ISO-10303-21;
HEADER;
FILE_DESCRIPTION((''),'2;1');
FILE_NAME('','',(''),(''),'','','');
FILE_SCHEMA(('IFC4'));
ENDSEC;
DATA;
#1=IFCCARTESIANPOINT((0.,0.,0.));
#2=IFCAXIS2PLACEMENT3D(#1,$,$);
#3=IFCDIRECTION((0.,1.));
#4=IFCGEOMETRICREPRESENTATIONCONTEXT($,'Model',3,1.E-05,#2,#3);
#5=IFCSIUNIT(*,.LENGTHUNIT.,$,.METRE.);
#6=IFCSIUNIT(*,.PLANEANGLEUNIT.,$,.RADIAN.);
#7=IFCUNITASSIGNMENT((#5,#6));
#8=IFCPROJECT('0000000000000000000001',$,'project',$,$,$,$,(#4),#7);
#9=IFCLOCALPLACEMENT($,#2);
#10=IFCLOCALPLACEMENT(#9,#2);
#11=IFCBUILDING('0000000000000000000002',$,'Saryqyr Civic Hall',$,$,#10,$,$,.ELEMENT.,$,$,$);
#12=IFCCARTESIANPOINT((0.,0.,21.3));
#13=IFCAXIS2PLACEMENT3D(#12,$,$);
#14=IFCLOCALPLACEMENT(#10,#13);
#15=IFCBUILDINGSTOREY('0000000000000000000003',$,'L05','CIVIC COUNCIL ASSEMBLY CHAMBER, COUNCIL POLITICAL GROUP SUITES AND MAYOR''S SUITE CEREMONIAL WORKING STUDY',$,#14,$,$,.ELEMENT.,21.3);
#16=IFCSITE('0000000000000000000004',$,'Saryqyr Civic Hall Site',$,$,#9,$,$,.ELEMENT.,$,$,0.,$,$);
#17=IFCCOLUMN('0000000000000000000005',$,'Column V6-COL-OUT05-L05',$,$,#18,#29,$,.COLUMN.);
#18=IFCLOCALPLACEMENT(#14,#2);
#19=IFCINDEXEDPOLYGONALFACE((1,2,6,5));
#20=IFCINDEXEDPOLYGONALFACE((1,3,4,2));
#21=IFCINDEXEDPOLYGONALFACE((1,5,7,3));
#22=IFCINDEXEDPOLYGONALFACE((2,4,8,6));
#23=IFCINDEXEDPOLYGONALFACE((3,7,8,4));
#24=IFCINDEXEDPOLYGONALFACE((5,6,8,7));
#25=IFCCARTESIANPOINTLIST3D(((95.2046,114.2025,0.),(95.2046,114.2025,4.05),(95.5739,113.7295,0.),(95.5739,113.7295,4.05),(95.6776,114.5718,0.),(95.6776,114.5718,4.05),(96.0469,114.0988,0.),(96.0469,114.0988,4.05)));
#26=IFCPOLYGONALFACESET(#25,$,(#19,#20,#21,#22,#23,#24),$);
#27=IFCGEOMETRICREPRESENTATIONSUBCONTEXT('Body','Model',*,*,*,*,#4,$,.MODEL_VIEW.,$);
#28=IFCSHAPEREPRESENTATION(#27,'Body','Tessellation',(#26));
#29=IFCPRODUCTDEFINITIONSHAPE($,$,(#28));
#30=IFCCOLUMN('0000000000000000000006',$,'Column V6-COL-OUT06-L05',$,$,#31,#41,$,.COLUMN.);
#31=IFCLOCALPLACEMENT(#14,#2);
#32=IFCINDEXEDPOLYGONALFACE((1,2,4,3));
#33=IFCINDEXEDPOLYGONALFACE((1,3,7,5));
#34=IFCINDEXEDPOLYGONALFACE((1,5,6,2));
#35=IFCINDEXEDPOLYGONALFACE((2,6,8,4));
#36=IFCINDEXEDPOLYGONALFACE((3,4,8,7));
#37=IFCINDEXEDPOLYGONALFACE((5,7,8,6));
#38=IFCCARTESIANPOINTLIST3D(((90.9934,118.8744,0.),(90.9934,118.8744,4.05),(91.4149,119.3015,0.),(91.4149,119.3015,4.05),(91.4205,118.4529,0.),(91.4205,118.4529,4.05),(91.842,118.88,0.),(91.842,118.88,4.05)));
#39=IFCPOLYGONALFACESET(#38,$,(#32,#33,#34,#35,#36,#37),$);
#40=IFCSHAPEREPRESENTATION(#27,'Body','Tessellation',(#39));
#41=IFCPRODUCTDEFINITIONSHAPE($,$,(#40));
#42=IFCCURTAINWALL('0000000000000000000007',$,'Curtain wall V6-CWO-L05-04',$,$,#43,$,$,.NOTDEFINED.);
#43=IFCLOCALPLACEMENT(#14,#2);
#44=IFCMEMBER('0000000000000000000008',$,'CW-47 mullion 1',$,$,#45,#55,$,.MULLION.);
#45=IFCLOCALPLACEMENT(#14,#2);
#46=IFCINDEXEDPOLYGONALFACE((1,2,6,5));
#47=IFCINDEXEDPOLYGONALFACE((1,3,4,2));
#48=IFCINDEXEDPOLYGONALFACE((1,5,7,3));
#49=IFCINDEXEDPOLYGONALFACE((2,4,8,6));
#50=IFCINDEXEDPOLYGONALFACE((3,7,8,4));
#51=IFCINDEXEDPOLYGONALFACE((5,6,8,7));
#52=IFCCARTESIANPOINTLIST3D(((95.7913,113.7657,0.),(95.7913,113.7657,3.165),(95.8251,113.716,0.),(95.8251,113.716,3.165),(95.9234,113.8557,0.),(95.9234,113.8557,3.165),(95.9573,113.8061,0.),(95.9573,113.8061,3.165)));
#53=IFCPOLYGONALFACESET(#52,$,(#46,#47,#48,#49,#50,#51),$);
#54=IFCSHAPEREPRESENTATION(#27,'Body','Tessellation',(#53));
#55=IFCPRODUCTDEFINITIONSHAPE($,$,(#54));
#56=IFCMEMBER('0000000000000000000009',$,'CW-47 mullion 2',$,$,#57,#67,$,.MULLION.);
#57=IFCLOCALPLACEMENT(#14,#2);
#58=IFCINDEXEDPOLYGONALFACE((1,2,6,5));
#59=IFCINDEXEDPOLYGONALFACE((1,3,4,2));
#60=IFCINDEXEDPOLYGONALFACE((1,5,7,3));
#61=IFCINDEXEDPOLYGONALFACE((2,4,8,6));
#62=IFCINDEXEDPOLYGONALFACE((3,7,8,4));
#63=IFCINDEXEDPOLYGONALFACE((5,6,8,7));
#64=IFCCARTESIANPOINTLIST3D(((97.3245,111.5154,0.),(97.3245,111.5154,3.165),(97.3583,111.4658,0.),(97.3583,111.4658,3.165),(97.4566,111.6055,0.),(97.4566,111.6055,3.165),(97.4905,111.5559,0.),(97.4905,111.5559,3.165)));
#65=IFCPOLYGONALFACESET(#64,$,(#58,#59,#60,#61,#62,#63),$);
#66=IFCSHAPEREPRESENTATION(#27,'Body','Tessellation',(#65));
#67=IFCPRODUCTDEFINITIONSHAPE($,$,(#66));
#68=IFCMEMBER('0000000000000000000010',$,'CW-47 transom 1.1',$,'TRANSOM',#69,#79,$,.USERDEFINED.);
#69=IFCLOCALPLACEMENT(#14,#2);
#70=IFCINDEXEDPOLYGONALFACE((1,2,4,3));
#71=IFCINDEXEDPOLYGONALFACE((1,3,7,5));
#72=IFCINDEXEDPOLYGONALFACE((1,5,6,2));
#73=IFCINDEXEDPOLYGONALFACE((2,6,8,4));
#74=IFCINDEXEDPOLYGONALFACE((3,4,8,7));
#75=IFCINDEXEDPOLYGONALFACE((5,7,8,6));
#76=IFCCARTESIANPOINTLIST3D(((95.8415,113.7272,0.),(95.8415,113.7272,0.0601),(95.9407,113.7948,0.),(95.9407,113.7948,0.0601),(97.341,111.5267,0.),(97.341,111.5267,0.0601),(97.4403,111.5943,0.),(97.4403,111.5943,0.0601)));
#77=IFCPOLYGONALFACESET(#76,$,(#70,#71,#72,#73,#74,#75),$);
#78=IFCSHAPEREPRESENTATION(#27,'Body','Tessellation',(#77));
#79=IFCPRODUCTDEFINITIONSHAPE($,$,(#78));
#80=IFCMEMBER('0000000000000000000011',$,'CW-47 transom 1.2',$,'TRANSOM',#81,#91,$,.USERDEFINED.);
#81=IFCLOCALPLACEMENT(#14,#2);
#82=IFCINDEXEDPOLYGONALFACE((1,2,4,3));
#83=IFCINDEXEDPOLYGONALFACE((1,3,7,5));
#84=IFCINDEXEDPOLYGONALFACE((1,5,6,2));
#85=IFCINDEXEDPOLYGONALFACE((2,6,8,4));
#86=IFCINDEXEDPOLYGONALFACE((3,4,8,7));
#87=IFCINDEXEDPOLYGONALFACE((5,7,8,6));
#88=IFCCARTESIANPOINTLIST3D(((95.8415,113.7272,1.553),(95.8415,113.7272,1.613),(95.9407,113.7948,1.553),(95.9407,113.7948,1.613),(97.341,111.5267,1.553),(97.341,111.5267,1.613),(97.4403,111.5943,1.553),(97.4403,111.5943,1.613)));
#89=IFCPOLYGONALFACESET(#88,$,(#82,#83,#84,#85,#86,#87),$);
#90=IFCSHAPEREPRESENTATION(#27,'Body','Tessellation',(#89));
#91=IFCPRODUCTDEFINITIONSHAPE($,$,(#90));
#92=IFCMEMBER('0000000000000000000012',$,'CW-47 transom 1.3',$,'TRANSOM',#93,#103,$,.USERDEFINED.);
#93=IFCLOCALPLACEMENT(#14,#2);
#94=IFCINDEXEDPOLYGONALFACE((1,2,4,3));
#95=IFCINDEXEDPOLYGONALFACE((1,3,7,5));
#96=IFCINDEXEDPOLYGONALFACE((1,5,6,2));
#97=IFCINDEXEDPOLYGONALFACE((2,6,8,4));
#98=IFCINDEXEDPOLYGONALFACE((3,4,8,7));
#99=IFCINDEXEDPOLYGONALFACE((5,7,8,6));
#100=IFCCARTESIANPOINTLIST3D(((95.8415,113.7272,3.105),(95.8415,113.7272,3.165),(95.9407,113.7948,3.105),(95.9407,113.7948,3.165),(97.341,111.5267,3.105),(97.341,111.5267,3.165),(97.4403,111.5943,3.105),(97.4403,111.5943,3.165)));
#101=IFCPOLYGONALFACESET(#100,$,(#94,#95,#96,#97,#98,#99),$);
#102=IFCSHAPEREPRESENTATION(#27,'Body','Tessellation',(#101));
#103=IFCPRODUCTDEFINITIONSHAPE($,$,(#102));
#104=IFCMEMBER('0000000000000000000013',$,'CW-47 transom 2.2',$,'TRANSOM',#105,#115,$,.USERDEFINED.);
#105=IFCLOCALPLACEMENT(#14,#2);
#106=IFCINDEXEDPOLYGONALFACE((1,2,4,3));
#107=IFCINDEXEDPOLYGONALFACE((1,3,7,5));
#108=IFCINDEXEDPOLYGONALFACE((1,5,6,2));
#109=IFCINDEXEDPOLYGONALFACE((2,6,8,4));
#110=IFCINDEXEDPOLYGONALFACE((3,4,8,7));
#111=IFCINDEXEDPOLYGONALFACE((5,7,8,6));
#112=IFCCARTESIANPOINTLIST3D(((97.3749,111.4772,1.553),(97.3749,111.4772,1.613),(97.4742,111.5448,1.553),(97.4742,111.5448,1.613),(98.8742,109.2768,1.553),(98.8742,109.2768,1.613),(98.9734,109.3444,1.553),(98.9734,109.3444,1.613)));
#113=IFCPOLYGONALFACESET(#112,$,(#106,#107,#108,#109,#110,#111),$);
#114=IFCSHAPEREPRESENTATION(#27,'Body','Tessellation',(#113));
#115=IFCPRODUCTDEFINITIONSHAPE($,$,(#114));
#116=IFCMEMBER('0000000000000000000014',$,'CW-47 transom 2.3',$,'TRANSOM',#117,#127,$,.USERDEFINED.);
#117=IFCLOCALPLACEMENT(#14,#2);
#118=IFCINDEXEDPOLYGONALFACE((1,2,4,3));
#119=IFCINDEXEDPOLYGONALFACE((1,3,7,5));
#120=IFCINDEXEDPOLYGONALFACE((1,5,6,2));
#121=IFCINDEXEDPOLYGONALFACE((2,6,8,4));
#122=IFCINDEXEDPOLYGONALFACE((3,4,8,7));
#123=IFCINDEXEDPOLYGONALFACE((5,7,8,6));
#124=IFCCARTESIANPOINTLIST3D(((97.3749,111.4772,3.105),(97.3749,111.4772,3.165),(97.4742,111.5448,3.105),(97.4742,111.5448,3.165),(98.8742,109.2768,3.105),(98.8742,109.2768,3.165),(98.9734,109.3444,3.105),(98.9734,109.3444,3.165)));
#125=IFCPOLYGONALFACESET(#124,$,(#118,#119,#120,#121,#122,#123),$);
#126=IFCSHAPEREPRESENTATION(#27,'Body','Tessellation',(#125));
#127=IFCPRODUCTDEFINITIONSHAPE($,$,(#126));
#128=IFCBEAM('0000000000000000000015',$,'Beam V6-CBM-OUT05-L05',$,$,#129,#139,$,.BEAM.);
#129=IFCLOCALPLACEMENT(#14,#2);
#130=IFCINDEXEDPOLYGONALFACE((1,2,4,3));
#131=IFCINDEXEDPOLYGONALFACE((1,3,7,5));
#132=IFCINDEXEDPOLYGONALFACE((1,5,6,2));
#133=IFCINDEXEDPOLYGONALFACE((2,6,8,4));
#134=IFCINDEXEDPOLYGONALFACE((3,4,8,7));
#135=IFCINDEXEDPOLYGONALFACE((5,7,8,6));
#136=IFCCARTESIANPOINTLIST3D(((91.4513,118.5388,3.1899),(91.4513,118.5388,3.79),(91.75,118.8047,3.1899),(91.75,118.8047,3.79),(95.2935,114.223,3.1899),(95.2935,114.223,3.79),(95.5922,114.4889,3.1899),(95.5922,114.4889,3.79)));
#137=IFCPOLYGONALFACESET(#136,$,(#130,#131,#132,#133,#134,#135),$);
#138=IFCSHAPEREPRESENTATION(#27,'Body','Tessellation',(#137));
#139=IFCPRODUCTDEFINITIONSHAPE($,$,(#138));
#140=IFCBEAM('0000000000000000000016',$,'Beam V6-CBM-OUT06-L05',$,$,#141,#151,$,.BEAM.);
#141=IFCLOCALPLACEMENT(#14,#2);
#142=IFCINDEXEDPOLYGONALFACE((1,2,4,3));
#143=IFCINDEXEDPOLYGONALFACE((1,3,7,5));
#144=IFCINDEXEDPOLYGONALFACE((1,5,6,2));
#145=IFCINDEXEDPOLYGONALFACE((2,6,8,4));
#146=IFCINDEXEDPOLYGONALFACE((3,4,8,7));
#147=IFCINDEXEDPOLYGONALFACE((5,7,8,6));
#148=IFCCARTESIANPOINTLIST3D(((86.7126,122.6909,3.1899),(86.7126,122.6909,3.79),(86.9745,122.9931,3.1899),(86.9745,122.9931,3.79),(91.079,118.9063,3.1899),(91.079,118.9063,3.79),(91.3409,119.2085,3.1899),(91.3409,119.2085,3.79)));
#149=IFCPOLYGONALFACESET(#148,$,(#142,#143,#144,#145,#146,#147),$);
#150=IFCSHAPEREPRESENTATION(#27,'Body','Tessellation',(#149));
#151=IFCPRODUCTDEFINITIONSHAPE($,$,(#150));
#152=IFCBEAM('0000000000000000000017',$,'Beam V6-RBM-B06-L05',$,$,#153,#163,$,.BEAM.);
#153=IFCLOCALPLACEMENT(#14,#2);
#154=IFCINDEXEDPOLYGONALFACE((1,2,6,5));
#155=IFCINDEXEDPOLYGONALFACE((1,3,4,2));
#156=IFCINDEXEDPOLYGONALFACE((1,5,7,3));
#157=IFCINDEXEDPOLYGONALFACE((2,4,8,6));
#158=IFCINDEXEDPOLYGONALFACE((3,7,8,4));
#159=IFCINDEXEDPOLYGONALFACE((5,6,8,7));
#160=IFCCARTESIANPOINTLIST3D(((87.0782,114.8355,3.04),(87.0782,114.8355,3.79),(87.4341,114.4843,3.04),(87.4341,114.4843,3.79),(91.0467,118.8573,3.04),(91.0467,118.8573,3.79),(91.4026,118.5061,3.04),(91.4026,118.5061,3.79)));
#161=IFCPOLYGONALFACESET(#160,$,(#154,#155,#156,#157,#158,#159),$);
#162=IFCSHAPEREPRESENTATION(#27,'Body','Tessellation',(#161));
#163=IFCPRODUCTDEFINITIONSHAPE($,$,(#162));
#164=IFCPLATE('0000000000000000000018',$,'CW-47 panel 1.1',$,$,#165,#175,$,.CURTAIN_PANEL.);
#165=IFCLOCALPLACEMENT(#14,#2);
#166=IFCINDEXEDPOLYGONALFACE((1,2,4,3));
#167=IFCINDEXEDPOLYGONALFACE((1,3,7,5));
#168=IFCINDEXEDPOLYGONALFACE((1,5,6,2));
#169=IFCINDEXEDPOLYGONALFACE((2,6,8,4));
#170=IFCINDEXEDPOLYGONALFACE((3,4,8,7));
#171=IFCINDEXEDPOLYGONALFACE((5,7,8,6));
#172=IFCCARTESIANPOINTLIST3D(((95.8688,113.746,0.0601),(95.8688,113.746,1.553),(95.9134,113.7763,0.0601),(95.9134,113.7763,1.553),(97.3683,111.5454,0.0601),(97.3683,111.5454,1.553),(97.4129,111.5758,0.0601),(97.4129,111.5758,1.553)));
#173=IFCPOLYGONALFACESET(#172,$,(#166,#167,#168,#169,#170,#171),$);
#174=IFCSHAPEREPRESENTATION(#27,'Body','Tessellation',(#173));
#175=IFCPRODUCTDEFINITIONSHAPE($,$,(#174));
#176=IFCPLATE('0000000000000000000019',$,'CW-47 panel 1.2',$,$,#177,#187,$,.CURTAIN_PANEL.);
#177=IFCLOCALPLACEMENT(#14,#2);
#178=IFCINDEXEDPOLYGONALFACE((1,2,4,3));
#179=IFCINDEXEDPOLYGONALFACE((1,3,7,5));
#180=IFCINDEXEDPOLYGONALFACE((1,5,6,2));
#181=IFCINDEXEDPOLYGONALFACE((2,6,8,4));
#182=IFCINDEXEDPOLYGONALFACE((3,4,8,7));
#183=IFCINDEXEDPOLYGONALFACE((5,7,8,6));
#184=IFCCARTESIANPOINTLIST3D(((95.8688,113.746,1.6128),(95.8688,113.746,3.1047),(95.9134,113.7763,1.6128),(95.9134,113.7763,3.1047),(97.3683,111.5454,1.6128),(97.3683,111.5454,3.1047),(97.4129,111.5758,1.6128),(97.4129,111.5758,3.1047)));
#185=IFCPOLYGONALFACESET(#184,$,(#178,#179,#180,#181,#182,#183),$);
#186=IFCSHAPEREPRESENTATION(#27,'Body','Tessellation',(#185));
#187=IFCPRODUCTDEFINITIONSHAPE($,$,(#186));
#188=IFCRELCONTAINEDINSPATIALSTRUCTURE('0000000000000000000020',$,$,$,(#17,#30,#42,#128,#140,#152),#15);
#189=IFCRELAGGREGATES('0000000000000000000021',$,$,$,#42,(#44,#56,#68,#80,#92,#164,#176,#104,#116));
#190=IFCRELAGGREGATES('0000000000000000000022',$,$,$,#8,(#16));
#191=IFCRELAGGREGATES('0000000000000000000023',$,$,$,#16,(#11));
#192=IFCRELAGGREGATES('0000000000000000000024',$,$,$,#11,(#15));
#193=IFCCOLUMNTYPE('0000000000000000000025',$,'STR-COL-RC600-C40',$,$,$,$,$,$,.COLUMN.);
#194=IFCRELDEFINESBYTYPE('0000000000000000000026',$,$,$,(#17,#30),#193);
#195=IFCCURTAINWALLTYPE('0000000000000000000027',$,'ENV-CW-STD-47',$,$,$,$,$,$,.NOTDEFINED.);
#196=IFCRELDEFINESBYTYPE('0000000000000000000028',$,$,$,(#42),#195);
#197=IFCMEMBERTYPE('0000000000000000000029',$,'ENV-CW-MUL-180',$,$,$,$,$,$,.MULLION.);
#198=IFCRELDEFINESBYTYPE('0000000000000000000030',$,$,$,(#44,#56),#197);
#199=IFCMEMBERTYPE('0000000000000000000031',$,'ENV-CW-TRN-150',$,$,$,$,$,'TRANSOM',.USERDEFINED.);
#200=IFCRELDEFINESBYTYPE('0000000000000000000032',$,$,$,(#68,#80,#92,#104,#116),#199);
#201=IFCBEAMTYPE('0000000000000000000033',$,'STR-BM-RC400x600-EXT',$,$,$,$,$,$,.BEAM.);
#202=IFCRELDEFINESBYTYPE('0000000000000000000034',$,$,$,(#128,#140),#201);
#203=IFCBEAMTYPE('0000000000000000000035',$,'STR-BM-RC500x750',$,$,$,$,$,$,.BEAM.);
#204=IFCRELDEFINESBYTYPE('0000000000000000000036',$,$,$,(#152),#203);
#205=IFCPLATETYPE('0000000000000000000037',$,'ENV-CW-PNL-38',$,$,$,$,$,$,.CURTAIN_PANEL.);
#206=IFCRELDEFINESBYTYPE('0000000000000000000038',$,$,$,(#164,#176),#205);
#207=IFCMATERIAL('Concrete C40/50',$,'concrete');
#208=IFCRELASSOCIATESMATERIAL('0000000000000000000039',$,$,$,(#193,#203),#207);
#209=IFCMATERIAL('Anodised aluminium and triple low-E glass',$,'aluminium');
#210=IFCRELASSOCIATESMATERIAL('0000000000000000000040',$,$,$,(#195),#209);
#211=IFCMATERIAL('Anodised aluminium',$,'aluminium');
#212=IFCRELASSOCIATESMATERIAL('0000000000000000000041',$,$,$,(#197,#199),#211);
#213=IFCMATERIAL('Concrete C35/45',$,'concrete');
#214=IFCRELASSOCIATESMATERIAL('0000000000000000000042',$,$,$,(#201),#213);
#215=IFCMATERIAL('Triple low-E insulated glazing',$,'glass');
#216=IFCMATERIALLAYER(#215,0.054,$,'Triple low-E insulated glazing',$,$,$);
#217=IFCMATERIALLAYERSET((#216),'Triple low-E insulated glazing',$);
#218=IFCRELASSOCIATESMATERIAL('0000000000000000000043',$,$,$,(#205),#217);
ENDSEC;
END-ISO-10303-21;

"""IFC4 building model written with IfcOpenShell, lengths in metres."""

from ifc_helpers import new_model, si_unit, direction, frame, origin, origin_2d, place, context, subcontext, project, spatial, rectangle, extrude, material, layer, layer_set, material_profile, profile_set, type_object, element, aggregate, save


model = new_model("IFC4")

# Units and contexts
model_context = context("Model", 3, precision=1e-05, world=origin(), true_north=direction((0.0, 1.0)))
body_context = subcontext(model_context, "Body", "Model", "MODEL_VIEW")
ifc_project = project(units=[si_unit("LENGTHUNIT", "METRE"), si_unit("PLANEANGLEUNIT", "RADIAN")], contexts=[model_context])

# Site, building, storey
site_placement = place(None, origin())
site = spatial("IfcSite", under=ifc_project, at=site_placement, Name="Saryqyr Civic Hall Site", CompositionType="ELEMENT", RefElevation=0.0)
building_placement = place(site_placement, origin())
building = spatial("IfcBuilding", under=site, at=building_placement, Name="Saryqyr Civic Hall", CompositionType="ELEMENT")
storey_placement = place(building_placement, frame((0.0, 0.0, 21.3)))
storey = spatial("IfcBuildingStorey", under=building, at=storey_placement, Name="L05", Description="CIVIC COUNCIL ASSEMBLY CHAMBER, COUNCIL POLITICAL GROUP SUITES AND MAYOR'S SUITE CEREMONIAL WORKING STUDY", CompositionType="ELEMENT", Elevation=21.3)

# Columns
ifc_material_1 = material(Name="Concrete C40/50", Category="concrete")
ifc_material_profile_1 = material_profile(ifc_material_1, rectangle(XDim=0.6001, YDim=0.6001, at=origin_2d()), Name="RC 600x600")
ifc_profile_set_1 = profile_set([ifc_material_profile_1], Name="Concrete C40/50")
column_type = type_object("IfcColumnType", Name="STR-COL-RC600-C40", PredefinedType="COLUMN", material=ifc_profile_set_1)
for number, where, z_axis, x_axis, name in (
    (1, (95.6257, 114.1506, 0.0), (0.0, 0.0, 1.0), (0.788226, 0.615386, 0.0), "Column V6-COL-OUT05-L05"),
    (2, (91.4177, 118.8772, 0.0), (0.0, 0.0, 1.0), (0.702402, 0.711781, 0.0), "Column V6-COL-OUT06-L05"),
):
    element("IfcColumn", number, at=place(storey_placement, frame(where, z_axis=z_axis, x_axis=x_axis)), inside=storey, type_object=column_type, Name=name, PredefinedType="COLUMN", context=body_context, shape_type="SweptSolid", body=[
        extrude(rectangle(XDim=0.6001, YDim=0.6001, at=origin_2d()), origin(), (0.0, 0.0, 1.0), 4.05),
    ])

# Curtain wall, members
ifc_material_2 = material(Name="Anodised aluminium and triple low-E glass", Category="aluminium")
curtain_wall_type = type_object("IfcCurtainWallType", Name="ENV-CW-STD-47", PredefinedType="NOTDEFINED", material=ifc_material_2)
curtain_wall_placement = place(storey_placement, origin())
curtain_wall = element("IfcCurtainWall", 3, at=curtain_wall_placement, inside=storey, type_object=curtain_wall_type, Name="Curtain wall V6-CWO-L05-04", PredefinedType="NOTDEFINED")
ifc_material_3 = material(Name="Anodised aluminium", Category="aluminium")
ifc_material_profile_2 = material_profile(ifc_material_3, rectangle(XDim=0.0601, YDim=0.1599, at=origin_2d()), Name="ALU MULLION 60x160")
ifc_profile_set_2 = profile_set([ifc_material_profile_2], Name="Anodised aluminium")
member_type_1 = type_object("IfcMemberType", Name="ENV-CW-MUL-180", PredefinedType="MULLION", material=ifc_profile_set_2)
member_1_placement = place(storey_placement, frame((95.8743, 113.7859, 0.0), z_axis=(0.0, 0.0, 1.0), x_axis=(0.563118, -0.826377, 0.0)))
member_1 = element("IfcMember", 4, at=member_1_placement, type_object=member_type_1, Name="CW-47 mullion 1", PredefinedType="MULLION", context=body_context, shape_type="SweptSolid", body=[
    extrude(rectangle(XDim=0.0601, YDim=0.1599, at=origin_2d()), origin(), (0.0, 0.0, 1.0), 3.165),
])
member_2_placement = place(storey_placement, frame((97.4075, 111.5356, 0.0), z_axis=(0.0, 0.0, 1.0), x_axis=(0.563118, -0.826377, 0.0)))
member_2 = element("IfcMember", 5, at=member_2_placement, type_object=member_type_1, Name="CW-47 mullion 2", PredefinedType="MULLION", context=body_context, shape_type="SweptSolid", body=[
    extrude(rectangle(XDim=0.0601, YDim=0.1599, at=origin_2d()), origin(), (0.0, 0.0, 1.0), 3.165),
])
ifc_material_profile_3 = material_profile(ifc_material_3, rectangle(XDim=0.1201, YDim=0.0601, at=origin_2d()), Name="ALU TRANSOM 120x60")
ifc_profile_set_3 = profile_set([ifc_material_profile_3], Name="Anodised aluminium")
member_type_2 = type_object("IfcMemberType", Name="ENV-CW-TRN-150", ElementType="TRANSOM", PredefinedType="USERDEFINED", material=ifc_profile_set_3)
member_3_placement = place(storey_placement, frame((95.8911, 113.761, 0.03), z_axis=(0.563135, -0.826365, 0.0), x_axis=(0.826365, 0.563135, 0.0)))
member_3 = element("IfcMember", 6, at=member_3_placement, type_object=member_type_2, Name="CW-47 transom 1.1", ObjectType="TRANSOM", PredefinedType="USERDEFINED", context=body_context, shape_type="SweptSolid", body=[
    extrude(rectangle(XDim=0.1201, YDim=0.0601, at=origin_2d()), origin(), (0.0, 0.0, 1.0), 2.6628),
])
member_4_placement = place(storey_placement, frame((95.8911, 113.761, 1.583), z_axis=(0.563135, -0.826365, 0.0), x_axis=(0.826365, 0.563135, 0.0)))
member_4 = element("IfcMember", 7, at=member_4_placement, type_object=member_type_2, Name="CW-47 transom 1.2", ObjectType="TRANSOM", PredefinedType="USERDEFINED", context=body_context, shape_type="SweptSolid", body=[
    extrude(rectangle(XDim=0.1201, YDim=0.0601, at=origin_2d()), origin(), (0.0, 0.0, 1.0), 2.6628),
])
member_5_placement = place(storey_placement, frame((95.8911, 113.761, 3.135), z_axis=(0.563135, -0.826365, 0.0), x_axis=(0.826365, 0.563135, 0.0)))
member_5 = element("IfcMember", 8, at=member_5_placement, type_object=member_type_2, Name="CW-47 transom 1.3", ObjectType="TRANSOM", PredefinedType="USERDEFINED", context=body_context, shape_type="SweptSolid", body=[
    extrude(rectangle(XDim=0.1201, YDim=0.0601, at=origin_2d()), origin(), (0.0, 0.0, 1.0), 2.6628),
])
member_6_placement = place(storey_placement, frame((97.4246, 111.511, 1.583), z_axis=(0.563072, -0.826408, 0.0), x_axis=(0.826408, 0.563072, 0.0)))
member_6 = element("IfcMember", 9, at=member_6_placement, type_object=member_type_2, Name="CW-47 transom 2.2", ObjectType="TRANSOM", PredefinedType="USERDEFINED", context=body_context, shape_type="SweptSolid", body=[
    extrude(rectangle(XDim=0.1201, YDim=0.0601, at=origin_2d()), origin(), (0.0, 0.0, 1.0), 2.6626),
])
member_7_placement = place(storey_placement, frame((97.4246, 111.511, 3.135), z_axis=(0.563072, -0.826408, 0.0), x_axis=(0.826408, 0.563072, 0.0)))
member_7 = element("IfcMember", 10, at=member_7_placement, type_object=member_type_2, Name="CW-47 transom 2.3", ObjectType="TRANSOM", PredefinedType="USERDEFINED", context=body_context, shape_type="SweptSolid", body=[
    extrude(rectangle(XDim=0.1201, YDim=0.0601, at=origin_2d()), origin(), (0.0, 0.0, 1.0), 2.6626),
])

# Beams
ifc_material_4 = material(Name="Concrete C35/45", Category="concrete")
ifc_material_profile_4 = material_profile(ifc_material_4, rectangle(XDim=0.3999, YDim=0.6001, at=origin_2d()), Name="RC 400x600")
ifc_profile_set_4 = profile_set([ifc_material_profile_4], Name="Concrete C35/45")
beam_type_1 = type_object("IfcBeamType", Name="STR-BM-RC400x600-EXT", PredefinedType="BEAM", material=ifc_profile_set_4)
for number, where, z_axis, x_axis, name in (
    (11, (95.4429, 114.356, 3.49), (-0.664935, 0.746901, 0.0), (-0.746901, -0.664935, 0.0), "Beam V6-CBM-OUT05-L05"),
    (12, (91.21, 119.0574, 3.49), (-0.755654, 0.654971, 0.0), (-0.654971, -0.755654, 0.0), "Beam V6-CBM-OUT06-L05"),
):
    element("IfcBeam", number, at=place(storey_placement, frame(where, z_axis=z_axis, x_axis=x_axis)), inside=storey, type_object=beam_type_1, Name=name, PredefinedType="BEAM", context=body_context, shape_type="SweptSolid", body=[
        extrude(rectangle(XDim=0.3999, YDim=0.6001, at=origin_2d()), origin(), (0.0, 0.0, 1.0), 5.7783),
    ])
ifc_material_profile_5 = material_profile(ifc_material_1, rectangle(XDim=0.5, YDim=0.75, at=origin_2d()), Name="RC 500x750")
ifc_profile_set_5 = profile_set([ifc_material_profile_5], Name="Concrete C40/50")
beam_type_2 = type_object("IfcBeamType", Name="STR-BM-RC500x750", PredefinedType="BEAM", material=ifc_profile_set_5)
beam_placement = place(storey_placement, frame((87.2561, 114.6599, 3.415), z_axis=(0.702381, 0.711801, 0.0), x_axis=(-0.711801, 0.702381, 0.0)))
element("IfcBeam", 13, at=beam_placement, inside=storey, type_object=beam_type_2, Name="Beam V6-RBM-B06-L05", PredefinedType="BEAM", context=body_context, shape_type="SweptSolid", body=[
    extrude(rectangle(XDim=0.5, YDim=0.75, at=origin_2d()), origin(), (0.0, 0.0, 1.0), 5.6501),
])

# Plates
ifc_material_5 = material(Name="Triple low-E insulated glazing", Category="glass")
ifc_layer_1 = layer(ifc_material_5, 0.054, Name="Triple low-E insulated glazing")
ifc_layer_set_1 = layer_set([ifc_layer_1], Name="Triple low-E insulated glazing")
plate_type = type_object("IfcPlateType", Name="ENV-CW-PNL-38", PredefinedType="CURTAIN_PANEL", material=ifc_layer_set_1)
plate_1_placement = place(storey_placement, frame((96.6409, 112.6609, 0.0601), z_axis=(0.0, 0.0, 1.0), x_axis=(0.563118, -0.826377, 0.0)))
plate_1 = element("IfcPlate", 14, at=plate_1_placement, type_object=plate_type, Name="CW-47 panel 1.1", PredefinedType="CURTAIN_PANEL", context=body_context, shape_type="SweptSolid", body=[
    extrude(rectangle(XDim=2.6628, YDim=0.054, at=origin_2d()), origin(), (0.0, 0.0, 1.0), 1.4929),
])
plate_2_placement = place(storey_placement, frame((96.6409, 112.6609, 1.6128), z_axis=(0.0, 0.0, 1.0), x_axis=(0.563118, -0.826377, 0.0)))
plate_2 = element("IfcPlate", 15, at=plate_2_placement, type_object=plate_type, Name="CW-47 panel 1.2", PredefinedType="CURTAIN_PANEL", context=body_context, shape_type="SweptSolid", body=[
    extrude(rectangle(XDim=2.6628, YDim=0.054, at=origin_2d()), origin(), (0.0, 0.0, 1.0), 1.4919),
])
aggregate(curtain_wall, [member_1, member_2, member_3, member_4, member_5, plate_1, plate_2, member_6, member_7])

save(model, "model.ifc")
